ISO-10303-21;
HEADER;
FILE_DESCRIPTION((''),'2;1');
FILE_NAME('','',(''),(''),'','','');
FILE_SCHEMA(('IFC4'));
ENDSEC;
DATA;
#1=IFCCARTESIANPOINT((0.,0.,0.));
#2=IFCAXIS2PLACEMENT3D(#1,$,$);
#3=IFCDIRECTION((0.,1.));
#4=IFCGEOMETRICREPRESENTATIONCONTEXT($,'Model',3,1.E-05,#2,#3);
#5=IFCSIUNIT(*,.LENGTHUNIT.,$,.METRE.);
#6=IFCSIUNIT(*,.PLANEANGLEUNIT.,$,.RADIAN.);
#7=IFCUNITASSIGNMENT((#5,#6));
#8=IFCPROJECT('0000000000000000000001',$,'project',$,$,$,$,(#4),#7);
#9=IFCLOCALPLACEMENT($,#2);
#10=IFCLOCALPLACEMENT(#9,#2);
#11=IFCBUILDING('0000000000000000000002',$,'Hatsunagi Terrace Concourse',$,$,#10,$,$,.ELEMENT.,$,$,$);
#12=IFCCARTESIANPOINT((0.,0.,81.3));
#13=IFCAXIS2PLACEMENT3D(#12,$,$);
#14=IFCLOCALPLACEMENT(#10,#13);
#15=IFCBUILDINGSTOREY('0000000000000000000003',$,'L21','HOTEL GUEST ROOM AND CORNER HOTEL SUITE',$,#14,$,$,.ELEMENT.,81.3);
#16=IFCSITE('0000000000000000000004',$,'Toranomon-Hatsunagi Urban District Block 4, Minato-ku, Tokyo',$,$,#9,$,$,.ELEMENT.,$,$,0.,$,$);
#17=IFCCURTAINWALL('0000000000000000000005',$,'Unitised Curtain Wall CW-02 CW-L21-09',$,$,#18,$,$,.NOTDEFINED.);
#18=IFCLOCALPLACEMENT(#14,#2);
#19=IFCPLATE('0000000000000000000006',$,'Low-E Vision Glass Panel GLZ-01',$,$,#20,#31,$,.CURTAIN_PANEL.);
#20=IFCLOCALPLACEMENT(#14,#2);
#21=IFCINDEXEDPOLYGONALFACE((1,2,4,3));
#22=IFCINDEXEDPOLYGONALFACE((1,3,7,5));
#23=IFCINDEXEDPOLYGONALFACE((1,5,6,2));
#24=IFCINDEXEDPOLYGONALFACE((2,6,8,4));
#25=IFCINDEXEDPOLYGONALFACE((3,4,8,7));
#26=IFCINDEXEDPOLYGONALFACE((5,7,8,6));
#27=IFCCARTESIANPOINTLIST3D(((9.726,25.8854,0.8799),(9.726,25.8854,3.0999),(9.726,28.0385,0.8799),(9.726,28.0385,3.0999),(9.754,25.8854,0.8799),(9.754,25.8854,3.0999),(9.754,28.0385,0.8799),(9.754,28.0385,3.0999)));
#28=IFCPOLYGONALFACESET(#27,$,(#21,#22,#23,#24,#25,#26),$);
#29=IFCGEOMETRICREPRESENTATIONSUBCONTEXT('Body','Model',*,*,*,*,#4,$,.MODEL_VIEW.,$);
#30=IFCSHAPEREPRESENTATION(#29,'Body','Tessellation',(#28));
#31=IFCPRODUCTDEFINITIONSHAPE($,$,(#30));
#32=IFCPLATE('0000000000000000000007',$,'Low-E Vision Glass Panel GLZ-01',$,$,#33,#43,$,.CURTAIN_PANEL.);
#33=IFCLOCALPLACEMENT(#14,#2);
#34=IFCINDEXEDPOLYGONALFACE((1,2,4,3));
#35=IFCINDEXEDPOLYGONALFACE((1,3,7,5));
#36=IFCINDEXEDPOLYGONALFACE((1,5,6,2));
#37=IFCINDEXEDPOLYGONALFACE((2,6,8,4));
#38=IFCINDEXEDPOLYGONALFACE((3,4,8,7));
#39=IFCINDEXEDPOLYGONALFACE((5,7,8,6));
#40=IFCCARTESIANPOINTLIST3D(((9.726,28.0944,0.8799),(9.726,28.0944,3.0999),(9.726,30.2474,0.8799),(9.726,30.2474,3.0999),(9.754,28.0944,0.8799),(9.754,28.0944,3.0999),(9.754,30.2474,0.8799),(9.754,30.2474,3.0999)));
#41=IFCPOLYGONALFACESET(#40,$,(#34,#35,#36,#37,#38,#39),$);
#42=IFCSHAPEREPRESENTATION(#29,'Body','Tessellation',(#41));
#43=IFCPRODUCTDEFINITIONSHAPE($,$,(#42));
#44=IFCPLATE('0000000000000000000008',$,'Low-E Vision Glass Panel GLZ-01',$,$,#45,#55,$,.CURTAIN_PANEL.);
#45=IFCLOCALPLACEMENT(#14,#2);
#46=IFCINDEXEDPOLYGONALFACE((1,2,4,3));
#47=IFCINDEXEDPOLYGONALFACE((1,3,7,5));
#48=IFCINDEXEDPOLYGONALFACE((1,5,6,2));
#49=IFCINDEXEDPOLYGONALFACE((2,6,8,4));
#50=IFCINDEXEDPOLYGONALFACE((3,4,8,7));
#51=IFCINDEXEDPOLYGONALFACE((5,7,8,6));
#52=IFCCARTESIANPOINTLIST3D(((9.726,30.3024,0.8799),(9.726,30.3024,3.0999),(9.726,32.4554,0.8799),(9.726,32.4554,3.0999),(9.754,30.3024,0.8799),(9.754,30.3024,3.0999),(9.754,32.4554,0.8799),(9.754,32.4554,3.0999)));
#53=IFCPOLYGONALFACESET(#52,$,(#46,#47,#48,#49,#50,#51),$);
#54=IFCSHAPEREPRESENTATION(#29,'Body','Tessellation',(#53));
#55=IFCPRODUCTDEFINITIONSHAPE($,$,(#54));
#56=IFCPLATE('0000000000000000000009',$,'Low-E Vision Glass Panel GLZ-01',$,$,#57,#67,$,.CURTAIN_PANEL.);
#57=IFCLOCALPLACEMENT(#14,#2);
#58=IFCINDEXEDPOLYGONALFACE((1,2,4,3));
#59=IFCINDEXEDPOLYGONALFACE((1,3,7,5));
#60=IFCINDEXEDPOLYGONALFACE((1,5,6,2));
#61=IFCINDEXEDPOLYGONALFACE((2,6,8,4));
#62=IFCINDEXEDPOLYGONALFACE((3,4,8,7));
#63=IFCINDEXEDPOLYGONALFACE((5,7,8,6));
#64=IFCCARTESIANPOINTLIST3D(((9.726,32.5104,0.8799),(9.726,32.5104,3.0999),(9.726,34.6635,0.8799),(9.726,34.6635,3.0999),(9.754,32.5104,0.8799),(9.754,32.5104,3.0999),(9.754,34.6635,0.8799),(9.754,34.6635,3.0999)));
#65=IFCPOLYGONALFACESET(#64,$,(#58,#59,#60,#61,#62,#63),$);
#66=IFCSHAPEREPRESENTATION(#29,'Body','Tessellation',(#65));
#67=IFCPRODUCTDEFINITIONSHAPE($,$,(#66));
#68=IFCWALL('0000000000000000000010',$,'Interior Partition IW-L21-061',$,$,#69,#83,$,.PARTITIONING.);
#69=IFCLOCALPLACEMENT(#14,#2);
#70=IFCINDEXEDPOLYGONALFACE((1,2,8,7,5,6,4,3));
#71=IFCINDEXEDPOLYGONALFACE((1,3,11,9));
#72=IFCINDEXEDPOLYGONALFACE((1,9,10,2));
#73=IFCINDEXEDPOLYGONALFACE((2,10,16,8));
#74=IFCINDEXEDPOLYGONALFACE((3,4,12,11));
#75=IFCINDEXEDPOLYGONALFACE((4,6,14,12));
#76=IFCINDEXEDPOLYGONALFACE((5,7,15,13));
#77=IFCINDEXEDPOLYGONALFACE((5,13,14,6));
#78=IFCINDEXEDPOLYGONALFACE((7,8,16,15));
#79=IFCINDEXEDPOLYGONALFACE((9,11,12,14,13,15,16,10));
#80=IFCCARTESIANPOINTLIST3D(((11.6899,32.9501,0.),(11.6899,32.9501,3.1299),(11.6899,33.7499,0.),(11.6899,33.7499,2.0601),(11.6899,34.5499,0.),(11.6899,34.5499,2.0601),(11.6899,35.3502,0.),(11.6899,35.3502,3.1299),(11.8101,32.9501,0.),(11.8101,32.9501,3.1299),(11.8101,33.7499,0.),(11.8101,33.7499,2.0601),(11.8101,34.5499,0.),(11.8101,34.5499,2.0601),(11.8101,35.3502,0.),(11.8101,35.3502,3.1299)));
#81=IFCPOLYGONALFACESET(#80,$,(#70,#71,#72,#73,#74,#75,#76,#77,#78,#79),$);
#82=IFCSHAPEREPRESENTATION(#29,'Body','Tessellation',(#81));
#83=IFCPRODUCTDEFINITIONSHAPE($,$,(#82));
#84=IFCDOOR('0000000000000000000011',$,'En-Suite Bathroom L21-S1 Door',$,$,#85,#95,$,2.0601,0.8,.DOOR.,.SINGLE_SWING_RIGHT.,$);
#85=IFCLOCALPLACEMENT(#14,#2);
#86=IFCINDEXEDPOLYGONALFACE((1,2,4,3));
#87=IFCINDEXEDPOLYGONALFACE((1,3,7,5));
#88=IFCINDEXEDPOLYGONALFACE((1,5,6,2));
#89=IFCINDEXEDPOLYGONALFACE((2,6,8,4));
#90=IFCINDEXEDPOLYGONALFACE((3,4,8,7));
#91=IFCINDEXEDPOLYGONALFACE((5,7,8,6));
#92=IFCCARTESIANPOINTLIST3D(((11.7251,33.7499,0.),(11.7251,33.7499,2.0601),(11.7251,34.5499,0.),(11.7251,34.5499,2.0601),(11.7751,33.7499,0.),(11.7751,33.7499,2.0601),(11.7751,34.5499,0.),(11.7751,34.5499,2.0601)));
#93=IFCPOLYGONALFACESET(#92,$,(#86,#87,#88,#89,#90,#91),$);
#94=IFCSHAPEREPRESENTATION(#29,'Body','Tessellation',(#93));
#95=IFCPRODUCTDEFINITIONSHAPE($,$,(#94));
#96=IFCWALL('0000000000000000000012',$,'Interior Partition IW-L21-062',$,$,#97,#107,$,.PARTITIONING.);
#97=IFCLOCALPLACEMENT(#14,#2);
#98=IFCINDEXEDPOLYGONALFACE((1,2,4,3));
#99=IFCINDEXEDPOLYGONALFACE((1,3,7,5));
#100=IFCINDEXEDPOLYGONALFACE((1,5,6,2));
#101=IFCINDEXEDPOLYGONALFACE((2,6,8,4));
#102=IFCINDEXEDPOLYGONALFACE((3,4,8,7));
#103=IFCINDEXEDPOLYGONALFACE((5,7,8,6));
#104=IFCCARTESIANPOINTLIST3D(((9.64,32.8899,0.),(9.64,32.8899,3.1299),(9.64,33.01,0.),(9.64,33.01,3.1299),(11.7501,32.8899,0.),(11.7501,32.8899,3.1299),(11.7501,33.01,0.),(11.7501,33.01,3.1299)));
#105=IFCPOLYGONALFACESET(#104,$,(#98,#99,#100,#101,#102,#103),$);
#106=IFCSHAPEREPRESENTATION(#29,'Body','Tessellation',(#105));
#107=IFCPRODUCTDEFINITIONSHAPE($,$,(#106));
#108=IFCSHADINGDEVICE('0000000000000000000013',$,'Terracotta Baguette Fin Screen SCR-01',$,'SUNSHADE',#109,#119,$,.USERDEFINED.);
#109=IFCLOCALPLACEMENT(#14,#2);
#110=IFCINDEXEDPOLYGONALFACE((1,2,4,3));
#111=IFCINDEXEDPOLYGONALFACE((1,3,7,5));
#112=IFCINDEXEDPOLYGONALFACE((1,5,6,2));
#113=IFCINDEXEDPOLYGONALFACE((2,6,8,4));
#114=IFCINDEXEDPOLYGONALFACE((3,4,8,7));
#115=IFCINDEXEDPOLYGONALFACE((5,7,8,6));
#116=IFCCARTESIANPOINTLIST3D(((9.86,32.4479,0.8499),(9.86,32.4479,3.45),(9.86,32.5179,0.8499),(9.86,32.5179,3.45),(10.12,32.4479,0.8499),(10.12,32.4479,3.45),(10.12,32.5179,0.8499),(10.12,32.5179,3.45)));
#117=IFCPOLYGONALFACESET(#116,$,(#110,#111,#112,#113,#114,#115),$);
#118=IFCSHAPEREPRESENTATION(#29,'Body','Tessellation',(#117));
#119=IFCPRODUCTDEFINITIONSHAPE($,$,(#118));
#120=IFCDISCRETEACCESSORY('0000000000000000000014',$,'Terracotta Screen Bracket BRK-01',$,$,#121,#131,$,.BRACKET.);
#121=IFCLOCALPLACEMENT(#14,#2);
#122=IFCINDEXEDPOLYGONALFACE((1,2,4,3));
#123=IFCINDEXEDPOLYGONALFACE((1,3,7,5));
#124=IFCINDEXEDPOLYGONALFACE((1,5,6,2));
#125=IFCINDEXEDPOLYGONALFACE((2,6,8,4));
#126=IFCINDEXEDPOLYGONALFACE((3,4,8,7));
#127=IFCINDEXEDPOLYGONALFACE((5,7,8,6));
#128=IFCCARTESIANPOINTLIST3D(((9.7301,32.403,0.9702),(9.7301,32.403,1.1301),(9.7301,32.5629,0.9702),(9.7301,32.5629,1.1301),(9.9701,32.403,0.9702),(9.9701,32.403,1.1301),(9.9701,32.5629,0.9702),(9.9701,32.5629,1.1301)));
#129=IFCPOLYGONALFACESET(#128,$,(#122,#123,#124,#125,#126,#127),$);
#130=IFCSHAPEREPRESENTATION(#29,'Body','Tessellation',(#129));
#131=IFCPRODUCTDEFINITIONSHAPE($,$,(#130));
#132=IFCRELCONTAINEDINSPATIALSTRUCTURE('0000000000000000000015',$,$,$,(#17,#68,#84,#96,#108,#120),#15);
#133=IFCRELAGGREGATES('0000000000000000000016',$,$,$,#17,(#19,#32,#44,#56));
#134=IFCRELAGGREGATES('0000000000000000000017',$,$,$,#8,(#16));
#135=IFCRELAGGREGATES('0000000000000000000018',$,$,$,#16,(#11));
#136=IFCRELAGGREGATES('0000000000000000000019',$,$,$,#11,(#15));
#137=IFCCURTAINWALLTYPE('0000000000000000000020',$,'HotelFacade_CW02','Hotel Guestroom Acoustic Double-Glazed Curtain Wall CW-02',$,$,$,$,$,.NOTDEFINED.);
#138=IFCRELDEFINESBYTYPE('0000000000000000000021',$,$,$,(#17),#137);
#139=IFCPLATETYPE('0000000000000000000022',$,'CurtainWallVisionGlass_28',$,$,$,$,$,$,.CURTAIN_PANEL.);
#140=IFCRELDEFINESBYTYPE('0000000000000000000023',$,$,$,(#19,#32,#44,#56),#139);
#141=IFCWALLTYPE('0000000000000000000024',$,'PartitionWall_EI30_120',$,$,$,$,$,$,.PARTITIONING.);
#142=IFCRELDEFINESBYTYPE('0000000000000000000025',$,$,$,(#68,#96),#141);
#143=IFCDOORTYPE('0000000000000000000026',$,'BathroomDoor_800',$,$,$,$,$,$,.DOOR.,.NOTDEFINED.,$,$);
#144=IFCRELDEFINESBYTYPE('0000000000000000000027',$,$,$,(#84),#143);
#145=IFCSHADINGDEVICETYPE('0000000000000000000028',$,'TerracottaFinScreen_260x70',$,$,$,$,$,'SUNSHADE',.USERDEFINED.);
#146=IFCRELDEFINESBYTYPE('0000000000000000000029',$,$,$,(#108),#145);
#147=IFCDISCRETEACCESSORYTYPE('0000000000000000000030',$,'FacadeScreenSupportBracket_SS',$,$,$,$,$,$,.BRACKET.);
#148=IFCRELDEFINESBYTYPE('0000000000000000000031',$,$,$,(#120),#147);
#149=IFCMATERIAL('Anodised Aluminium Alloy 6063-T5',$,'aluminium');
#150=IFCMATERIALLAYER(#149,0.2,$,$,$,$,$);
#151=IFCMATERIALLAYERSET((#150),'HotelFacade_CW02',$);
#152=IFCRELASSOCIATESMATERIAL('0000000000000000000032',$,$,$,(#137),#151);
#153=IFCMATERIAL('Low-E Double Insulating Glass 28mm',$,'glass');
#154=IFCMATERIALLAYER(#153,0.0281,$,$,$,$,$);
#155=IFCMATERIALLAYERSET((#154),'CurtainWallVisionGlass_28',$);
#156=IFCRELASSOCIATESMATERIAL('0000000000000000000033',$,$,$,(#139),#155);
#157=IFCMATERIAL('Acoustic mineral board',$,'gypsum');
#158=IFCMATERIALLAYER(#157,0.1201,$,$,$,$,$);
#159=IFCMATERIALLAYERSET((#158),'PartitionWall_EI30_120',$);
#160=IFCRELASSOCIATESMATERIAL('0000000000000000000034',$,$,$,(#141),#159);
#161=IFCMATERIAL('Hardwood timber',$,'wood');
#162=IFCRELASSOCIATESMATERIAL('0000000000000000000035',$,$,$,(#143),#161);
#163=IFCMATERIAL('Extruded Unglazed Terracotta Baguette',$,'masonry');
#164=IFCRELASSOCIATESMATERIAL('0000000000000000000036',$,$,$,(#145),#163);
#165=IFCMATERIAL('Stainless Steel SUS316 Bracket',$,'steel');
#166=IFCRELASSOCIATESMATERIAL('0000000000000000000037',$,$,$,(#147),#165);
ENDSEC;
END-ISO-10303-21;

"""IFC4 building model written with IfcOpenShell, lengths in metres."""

from ifc_helpers import new_model, si_unit, direction, frame, frame_2d, origin, origin_2d, place, context, subcontext, project, spatial, rectangle, extrude, material, layer, layer_set, type_object, element, fill, aggregate, save


model = new_model("IFC4")

# Units and contexts
model_context = context("Model", 3, precision=1e-05, world=origin(), true_north=direction((0.0, 1.0)))
body_context = subcontext(model_context, "Body", "Model", "MODEL_VIEW")
ifc_project = project(units=[si_unit("LENGTHUNIT", "METRE"), si_unit("PLANEANGLEUNIT", "RADIAN")], contexts=[model_context])

# Site, building, storey
site_placement = place(None, origin())
site = spatial("IfcSite", under=ifc_project, at=site_placement, Name="Toranomon-Hatsunagi Urban District Block 4, Minato-ku, Tokyo", CompositionType="ELEMENT", RefElevation=0.0)
building_placement = place(site_placement, origin())
building = spatial("IfcBuilding", under=site, at=building_placement, Name="Hatsunagi Terrace Concourse", CompositionType="ELEMENT")
storey_placement = place(building_placement, frame((0.0, 0.0, 81.3)))
storey = spatial("IfcBuildingStorey", under=building, at=storey_placement, Name="L21", Description="HOTEL GUEST ROOM AND CORNER HOTEL SUITE", CompositionType="ELEMENT", Elevation=81.3)

# Curtain wall
ifc_material_1 = material(Name="Anodised Aluminium Alloy 6063-T5", Category="aluminium")
ifc_layer_1 = layer(ifc_material_1, 0.2)
ifc_layer_set_1 = layer_set([ifc_layer_1], Name="HotelFacade_CW02")
curtain_wall_type = type_object("IfcCurtainWallType", Name="HotelFacade_CW02", Description="Hotel Guestroom Acoustic Double-Glazed Curtain Wall CW-02", PredefinedType="NOTDEFINED", material=ifc_layer_set_1)
curtain_wall_placement = place(storey_placement, origin())
curtain_wall = element("IfcCurtainWall", 1, at=curtain_wall_placement, inside=storey, type_object=curtain_wall_type, Name="Unitised Curtain Wall CW-02 CW-L21-09", PredefinedType="NOTDEFINED")

# Plates
ifc_material_2 = material(Name="Low-E Double Insulating Glass 28mm", Category="glass")
ifc_layer_2 = layer(ifc_material_2, 0.0281)
ifc_layer_set_2 = layer_set([ifc_layer_2], Name="CurtainWallVisionGlass_28")
plate_type_1 = type_object("IfcPlateType", Name="CurtainWallVisionGlass_28", PredefinedType="CURTAIN_PANEL", material=ifc_layer_set_2)
plate_1_placement = place(storey_placement, frame((9.74, 26.9619, 0.8799), z_axis=(0.0, 0.0, 1.0), x_axis=(0.0, 1.0, 0.0)))
plate_1 = element("IfcPlate", 2, at=plate_1_placement, type_object=plate_type_1, Name="Low-E Vision Glass Panel GLZ-01", PredefinedType="CURTAIN_PANEL", context=body_context, shape_type="SweptSolid", body=[
    extrude(rectangle(XDim=2.1531, YDim=0.0281, at=origin_2d()), origin(), (0.0, 0.0, 1.0), 2.22),
])
plate_2_placement = place(storey_placement, frame((9.74, 29.1709, 0.8799), z_axis=(0.0, 0.0, 1.0), x_axis=(0.0, 1.0, 0.0)))
plate_2 = element("IfcPlate", 3, at=plate_2_placement, type_object=plate_type_1, Name="Low-E Vision Glass Panel GLZ-01", PredefinedType="CURTAIN_PANEL", context=body_context, shape_type="SweptSolid", body=[
    extrude(rectangle(XDim=2.1531, YDim=0.0281, at=origin_2d()), origin(), (0.0, 0.0, 1.0), 2.22),
])
plate_3_placement = place(storey_placement, frame((9.74, 31.3789, 0.8799), z_axis=(0.0, 0.0, 1.0), x_axis=(0.0, 1.0, 0.0)))
plate_3 = element("IfcPlate", 4, at=plate_3_placement, type_object=plate_type_1, Name="Low-E Vision Glass Panel GLZ-01", PredefinedType="CURTAIN_PANEL", context=body_context, shape_type="SweptSolid", body=[
    extrude(rectangle(XDim=2.1531, YDim=0.0281, at=origin_2d()), origin(), (0.0, 0.0, 1.0), 2.22),
])
plate_4_placement = place(storey_placement, frame((9.74, 33.5869, 0.8799), z_axis=(0.0, 0.0, 1.0), x_axis=(0.0, 1.0, 0.0)))
plate_4 = element("IfcPlate", 5, at=plate_4_placement, type_object=plate_type_1, Name="Low-E Vision Glass Panel GLZ-01", PredefinedType="CURTAIN_PANEL", context=body_context, shape_type="SweptSolid", body=[
    extrude(rectangle(XDim=2.1531, YDim=0.0281, at=origin_2d()), origin(), (0.0, 0.0, 1.0), 2.22),
])
aggregate(curtain_wall, [plate_1, plate_2, plate_3, plate_4])

# Wall, opening, door
ifc_material_3 = material(Name="Acoustic mineral board", Category="gypsum")
ifc_layer_3 = layer(ifc_material_3, 0.1201)
ifc_layer_set_3 = layer_set([ifc_layer_3], Name="PartitionWall_EI30_120")
wall_type = type_object("IfcWallType", Name="PartitionWall_EI30_120", PredefinedType="PARTITIONING", material=ifc_layer_set_3)
wall_1_placement = place(storey_placement, frame((11.75, 32.95, 0.0), z_axis=(0.0, 0.0, 1.0), x_axis=(0.0, 1.0, 0.0)))
wall_1 = element("IfcWall", 6, at=wall_1_placement, inside=storey, type_object=wall_type, Name="Interior Partition IW-L21-061", PredefinedType="PARTITIONING", context=body_context, shape_type="SweptSolid", body=[
    extrude(rectangle(XDim=2.4001, YDim=0.1201, at=frame_2d((1.2002, 0.0))), origin(), (0.0, 0.0, 1.0), 3.1299),
])
opening_placement = place(wall_1_placement, frame((0.8, 0.0, 0.0)))
opening = element("IfcOpeningElement", 7, at=opening_placement, cuts=wall_1, PredefinedType="OPENING", context=body_context, shape_type="SweptSolid", body=[
    extrude(rectangle(XDim=0.8, YDim=2.0601, at=frame_2d((0.3999, 1.03))), frame((0.0, 0.0701, 0.0), z_axis=(0.0, -1.0, 0.0), x_axis=(1.0, 0.0, 0.0)), (0.0, 0.0, 1.0), 0.1401),
])
ifc_material_4 = material(Name="Hardwood timber", Category="wood")
door_type = type_object("IfcDoorType", Name="BathroomDoor_800", OperationType="NOTDEFINED", PredefinedType="DOOR", material=ifc_material_4)
door_placement = place(opening_placement, origin())
door = element("IfcDoor", 8, at=door_placement, inside=storey, type_object=door_type, Name="En-Suite Bathroom L21-S1 Door", OperationType="SINGLE_SWING_RIGHT", OverallHeight=2.0601, OverallWidth=0.8, PredefinedType="DOOR", context=body_context, shape_type="SweptSolid", body=[
    extrude(rectangle(XDim=0.8, YDim=2.0601, at=frame_2d((0.3999, 1.03))), frame((0.0, 0.0249, 0.0), z_axis=(0.0, -1.0, 0.0), x_axis=(1.0, 0.0, 0.0)), (0.0, 0.0, 1.0), 0.05),
])
fill(opening, door)

# Wall
wall_2_placement = place(storey_placement, frame((9.6399, 32.95, 0.0), z_axis=(0.0, 0.0, 1.0), x_axis=(1.0, 0.0, 0.0)))
element("IfcWall", 9, at=wall_2_placement, inside=storey, type_object=wall_type, Name="Interior Partition IW-L21-062", PredefinedType="PARTITIONING", context=body_context, shape_type="SweptSolid", body=[
    extrude(rectangle(XDim=2.1101, YDim=0.1201, at=frame_2d((1.0552, 0.0))), origin(), (0.0, 0.0, 1.0), 3.1299),
])

# Shading device
ifc_material_5 = material(Name="Extruded Unglazed Terracotta Baguette", Category="masonry")
shading_device_type = type_object("IfcShadingDeviceType", Name="TerracottaFinScreen_260x70", ElementType="SUNSHADE", PredefinedType="USERDEFINED", material=ifc_material_5)
shading_device_placement = place(storey_placement, frame((9.99, 32.4829, 0.8499), z_axis=(0.0, 0.0, 1.0), x_axis=(0.0, 1.0, 0.0)))
element("IfcShadingDevice", 10, at=shading_device_placement, inside=storey, type_object=shading_device_type, Name="Terracotta Baguette Fin Screen SCR-01", ObjectType="SUNSHADE", PredefinedType="USERDEFINED", context=body_context, shape_type="SweptSolid", body=[
    extrude(rectangle(XDim=0.0701, YDim=0.26, at=origin_2d()), origin(), (0.0, 0.0, 1.0), 2.6001),
])

# Discrete accessory
ifc_material_6 = material(Name="Stainless Steel SUS316 Bracket", Category="steel")
discrete_accessory_type = type_object("IfcDiscreteAccessoryType", Name="FacadeScreenSupportBracket_SS", PredefinedType="BRACKET", material=ifc_material_6)
discrete_accessory_placement = place(storey_placement, frame((9.8501, 32.4829, 0.9702), z_axis=(0.0, 0.0, 1.0), x_axis=(0.0, 1.0, 0.0)))
element("IfcDiscreteAccessory", 11, at=discrete_accessory_placement, inside=storey, type_object=discrete_accessory_type, Name="Terracotta Screen Bracket BRK-01", PredefinedType="BRACKET", context=body_context, shape_type="SweptSolid", body=[
    extrude(rectangle(XDim=0.1599, YDim=0.24, at=origin_2d()), origin(), (0.0, 0.0, 1.0), 0.1599),
])

save(model, "model.ifc")
